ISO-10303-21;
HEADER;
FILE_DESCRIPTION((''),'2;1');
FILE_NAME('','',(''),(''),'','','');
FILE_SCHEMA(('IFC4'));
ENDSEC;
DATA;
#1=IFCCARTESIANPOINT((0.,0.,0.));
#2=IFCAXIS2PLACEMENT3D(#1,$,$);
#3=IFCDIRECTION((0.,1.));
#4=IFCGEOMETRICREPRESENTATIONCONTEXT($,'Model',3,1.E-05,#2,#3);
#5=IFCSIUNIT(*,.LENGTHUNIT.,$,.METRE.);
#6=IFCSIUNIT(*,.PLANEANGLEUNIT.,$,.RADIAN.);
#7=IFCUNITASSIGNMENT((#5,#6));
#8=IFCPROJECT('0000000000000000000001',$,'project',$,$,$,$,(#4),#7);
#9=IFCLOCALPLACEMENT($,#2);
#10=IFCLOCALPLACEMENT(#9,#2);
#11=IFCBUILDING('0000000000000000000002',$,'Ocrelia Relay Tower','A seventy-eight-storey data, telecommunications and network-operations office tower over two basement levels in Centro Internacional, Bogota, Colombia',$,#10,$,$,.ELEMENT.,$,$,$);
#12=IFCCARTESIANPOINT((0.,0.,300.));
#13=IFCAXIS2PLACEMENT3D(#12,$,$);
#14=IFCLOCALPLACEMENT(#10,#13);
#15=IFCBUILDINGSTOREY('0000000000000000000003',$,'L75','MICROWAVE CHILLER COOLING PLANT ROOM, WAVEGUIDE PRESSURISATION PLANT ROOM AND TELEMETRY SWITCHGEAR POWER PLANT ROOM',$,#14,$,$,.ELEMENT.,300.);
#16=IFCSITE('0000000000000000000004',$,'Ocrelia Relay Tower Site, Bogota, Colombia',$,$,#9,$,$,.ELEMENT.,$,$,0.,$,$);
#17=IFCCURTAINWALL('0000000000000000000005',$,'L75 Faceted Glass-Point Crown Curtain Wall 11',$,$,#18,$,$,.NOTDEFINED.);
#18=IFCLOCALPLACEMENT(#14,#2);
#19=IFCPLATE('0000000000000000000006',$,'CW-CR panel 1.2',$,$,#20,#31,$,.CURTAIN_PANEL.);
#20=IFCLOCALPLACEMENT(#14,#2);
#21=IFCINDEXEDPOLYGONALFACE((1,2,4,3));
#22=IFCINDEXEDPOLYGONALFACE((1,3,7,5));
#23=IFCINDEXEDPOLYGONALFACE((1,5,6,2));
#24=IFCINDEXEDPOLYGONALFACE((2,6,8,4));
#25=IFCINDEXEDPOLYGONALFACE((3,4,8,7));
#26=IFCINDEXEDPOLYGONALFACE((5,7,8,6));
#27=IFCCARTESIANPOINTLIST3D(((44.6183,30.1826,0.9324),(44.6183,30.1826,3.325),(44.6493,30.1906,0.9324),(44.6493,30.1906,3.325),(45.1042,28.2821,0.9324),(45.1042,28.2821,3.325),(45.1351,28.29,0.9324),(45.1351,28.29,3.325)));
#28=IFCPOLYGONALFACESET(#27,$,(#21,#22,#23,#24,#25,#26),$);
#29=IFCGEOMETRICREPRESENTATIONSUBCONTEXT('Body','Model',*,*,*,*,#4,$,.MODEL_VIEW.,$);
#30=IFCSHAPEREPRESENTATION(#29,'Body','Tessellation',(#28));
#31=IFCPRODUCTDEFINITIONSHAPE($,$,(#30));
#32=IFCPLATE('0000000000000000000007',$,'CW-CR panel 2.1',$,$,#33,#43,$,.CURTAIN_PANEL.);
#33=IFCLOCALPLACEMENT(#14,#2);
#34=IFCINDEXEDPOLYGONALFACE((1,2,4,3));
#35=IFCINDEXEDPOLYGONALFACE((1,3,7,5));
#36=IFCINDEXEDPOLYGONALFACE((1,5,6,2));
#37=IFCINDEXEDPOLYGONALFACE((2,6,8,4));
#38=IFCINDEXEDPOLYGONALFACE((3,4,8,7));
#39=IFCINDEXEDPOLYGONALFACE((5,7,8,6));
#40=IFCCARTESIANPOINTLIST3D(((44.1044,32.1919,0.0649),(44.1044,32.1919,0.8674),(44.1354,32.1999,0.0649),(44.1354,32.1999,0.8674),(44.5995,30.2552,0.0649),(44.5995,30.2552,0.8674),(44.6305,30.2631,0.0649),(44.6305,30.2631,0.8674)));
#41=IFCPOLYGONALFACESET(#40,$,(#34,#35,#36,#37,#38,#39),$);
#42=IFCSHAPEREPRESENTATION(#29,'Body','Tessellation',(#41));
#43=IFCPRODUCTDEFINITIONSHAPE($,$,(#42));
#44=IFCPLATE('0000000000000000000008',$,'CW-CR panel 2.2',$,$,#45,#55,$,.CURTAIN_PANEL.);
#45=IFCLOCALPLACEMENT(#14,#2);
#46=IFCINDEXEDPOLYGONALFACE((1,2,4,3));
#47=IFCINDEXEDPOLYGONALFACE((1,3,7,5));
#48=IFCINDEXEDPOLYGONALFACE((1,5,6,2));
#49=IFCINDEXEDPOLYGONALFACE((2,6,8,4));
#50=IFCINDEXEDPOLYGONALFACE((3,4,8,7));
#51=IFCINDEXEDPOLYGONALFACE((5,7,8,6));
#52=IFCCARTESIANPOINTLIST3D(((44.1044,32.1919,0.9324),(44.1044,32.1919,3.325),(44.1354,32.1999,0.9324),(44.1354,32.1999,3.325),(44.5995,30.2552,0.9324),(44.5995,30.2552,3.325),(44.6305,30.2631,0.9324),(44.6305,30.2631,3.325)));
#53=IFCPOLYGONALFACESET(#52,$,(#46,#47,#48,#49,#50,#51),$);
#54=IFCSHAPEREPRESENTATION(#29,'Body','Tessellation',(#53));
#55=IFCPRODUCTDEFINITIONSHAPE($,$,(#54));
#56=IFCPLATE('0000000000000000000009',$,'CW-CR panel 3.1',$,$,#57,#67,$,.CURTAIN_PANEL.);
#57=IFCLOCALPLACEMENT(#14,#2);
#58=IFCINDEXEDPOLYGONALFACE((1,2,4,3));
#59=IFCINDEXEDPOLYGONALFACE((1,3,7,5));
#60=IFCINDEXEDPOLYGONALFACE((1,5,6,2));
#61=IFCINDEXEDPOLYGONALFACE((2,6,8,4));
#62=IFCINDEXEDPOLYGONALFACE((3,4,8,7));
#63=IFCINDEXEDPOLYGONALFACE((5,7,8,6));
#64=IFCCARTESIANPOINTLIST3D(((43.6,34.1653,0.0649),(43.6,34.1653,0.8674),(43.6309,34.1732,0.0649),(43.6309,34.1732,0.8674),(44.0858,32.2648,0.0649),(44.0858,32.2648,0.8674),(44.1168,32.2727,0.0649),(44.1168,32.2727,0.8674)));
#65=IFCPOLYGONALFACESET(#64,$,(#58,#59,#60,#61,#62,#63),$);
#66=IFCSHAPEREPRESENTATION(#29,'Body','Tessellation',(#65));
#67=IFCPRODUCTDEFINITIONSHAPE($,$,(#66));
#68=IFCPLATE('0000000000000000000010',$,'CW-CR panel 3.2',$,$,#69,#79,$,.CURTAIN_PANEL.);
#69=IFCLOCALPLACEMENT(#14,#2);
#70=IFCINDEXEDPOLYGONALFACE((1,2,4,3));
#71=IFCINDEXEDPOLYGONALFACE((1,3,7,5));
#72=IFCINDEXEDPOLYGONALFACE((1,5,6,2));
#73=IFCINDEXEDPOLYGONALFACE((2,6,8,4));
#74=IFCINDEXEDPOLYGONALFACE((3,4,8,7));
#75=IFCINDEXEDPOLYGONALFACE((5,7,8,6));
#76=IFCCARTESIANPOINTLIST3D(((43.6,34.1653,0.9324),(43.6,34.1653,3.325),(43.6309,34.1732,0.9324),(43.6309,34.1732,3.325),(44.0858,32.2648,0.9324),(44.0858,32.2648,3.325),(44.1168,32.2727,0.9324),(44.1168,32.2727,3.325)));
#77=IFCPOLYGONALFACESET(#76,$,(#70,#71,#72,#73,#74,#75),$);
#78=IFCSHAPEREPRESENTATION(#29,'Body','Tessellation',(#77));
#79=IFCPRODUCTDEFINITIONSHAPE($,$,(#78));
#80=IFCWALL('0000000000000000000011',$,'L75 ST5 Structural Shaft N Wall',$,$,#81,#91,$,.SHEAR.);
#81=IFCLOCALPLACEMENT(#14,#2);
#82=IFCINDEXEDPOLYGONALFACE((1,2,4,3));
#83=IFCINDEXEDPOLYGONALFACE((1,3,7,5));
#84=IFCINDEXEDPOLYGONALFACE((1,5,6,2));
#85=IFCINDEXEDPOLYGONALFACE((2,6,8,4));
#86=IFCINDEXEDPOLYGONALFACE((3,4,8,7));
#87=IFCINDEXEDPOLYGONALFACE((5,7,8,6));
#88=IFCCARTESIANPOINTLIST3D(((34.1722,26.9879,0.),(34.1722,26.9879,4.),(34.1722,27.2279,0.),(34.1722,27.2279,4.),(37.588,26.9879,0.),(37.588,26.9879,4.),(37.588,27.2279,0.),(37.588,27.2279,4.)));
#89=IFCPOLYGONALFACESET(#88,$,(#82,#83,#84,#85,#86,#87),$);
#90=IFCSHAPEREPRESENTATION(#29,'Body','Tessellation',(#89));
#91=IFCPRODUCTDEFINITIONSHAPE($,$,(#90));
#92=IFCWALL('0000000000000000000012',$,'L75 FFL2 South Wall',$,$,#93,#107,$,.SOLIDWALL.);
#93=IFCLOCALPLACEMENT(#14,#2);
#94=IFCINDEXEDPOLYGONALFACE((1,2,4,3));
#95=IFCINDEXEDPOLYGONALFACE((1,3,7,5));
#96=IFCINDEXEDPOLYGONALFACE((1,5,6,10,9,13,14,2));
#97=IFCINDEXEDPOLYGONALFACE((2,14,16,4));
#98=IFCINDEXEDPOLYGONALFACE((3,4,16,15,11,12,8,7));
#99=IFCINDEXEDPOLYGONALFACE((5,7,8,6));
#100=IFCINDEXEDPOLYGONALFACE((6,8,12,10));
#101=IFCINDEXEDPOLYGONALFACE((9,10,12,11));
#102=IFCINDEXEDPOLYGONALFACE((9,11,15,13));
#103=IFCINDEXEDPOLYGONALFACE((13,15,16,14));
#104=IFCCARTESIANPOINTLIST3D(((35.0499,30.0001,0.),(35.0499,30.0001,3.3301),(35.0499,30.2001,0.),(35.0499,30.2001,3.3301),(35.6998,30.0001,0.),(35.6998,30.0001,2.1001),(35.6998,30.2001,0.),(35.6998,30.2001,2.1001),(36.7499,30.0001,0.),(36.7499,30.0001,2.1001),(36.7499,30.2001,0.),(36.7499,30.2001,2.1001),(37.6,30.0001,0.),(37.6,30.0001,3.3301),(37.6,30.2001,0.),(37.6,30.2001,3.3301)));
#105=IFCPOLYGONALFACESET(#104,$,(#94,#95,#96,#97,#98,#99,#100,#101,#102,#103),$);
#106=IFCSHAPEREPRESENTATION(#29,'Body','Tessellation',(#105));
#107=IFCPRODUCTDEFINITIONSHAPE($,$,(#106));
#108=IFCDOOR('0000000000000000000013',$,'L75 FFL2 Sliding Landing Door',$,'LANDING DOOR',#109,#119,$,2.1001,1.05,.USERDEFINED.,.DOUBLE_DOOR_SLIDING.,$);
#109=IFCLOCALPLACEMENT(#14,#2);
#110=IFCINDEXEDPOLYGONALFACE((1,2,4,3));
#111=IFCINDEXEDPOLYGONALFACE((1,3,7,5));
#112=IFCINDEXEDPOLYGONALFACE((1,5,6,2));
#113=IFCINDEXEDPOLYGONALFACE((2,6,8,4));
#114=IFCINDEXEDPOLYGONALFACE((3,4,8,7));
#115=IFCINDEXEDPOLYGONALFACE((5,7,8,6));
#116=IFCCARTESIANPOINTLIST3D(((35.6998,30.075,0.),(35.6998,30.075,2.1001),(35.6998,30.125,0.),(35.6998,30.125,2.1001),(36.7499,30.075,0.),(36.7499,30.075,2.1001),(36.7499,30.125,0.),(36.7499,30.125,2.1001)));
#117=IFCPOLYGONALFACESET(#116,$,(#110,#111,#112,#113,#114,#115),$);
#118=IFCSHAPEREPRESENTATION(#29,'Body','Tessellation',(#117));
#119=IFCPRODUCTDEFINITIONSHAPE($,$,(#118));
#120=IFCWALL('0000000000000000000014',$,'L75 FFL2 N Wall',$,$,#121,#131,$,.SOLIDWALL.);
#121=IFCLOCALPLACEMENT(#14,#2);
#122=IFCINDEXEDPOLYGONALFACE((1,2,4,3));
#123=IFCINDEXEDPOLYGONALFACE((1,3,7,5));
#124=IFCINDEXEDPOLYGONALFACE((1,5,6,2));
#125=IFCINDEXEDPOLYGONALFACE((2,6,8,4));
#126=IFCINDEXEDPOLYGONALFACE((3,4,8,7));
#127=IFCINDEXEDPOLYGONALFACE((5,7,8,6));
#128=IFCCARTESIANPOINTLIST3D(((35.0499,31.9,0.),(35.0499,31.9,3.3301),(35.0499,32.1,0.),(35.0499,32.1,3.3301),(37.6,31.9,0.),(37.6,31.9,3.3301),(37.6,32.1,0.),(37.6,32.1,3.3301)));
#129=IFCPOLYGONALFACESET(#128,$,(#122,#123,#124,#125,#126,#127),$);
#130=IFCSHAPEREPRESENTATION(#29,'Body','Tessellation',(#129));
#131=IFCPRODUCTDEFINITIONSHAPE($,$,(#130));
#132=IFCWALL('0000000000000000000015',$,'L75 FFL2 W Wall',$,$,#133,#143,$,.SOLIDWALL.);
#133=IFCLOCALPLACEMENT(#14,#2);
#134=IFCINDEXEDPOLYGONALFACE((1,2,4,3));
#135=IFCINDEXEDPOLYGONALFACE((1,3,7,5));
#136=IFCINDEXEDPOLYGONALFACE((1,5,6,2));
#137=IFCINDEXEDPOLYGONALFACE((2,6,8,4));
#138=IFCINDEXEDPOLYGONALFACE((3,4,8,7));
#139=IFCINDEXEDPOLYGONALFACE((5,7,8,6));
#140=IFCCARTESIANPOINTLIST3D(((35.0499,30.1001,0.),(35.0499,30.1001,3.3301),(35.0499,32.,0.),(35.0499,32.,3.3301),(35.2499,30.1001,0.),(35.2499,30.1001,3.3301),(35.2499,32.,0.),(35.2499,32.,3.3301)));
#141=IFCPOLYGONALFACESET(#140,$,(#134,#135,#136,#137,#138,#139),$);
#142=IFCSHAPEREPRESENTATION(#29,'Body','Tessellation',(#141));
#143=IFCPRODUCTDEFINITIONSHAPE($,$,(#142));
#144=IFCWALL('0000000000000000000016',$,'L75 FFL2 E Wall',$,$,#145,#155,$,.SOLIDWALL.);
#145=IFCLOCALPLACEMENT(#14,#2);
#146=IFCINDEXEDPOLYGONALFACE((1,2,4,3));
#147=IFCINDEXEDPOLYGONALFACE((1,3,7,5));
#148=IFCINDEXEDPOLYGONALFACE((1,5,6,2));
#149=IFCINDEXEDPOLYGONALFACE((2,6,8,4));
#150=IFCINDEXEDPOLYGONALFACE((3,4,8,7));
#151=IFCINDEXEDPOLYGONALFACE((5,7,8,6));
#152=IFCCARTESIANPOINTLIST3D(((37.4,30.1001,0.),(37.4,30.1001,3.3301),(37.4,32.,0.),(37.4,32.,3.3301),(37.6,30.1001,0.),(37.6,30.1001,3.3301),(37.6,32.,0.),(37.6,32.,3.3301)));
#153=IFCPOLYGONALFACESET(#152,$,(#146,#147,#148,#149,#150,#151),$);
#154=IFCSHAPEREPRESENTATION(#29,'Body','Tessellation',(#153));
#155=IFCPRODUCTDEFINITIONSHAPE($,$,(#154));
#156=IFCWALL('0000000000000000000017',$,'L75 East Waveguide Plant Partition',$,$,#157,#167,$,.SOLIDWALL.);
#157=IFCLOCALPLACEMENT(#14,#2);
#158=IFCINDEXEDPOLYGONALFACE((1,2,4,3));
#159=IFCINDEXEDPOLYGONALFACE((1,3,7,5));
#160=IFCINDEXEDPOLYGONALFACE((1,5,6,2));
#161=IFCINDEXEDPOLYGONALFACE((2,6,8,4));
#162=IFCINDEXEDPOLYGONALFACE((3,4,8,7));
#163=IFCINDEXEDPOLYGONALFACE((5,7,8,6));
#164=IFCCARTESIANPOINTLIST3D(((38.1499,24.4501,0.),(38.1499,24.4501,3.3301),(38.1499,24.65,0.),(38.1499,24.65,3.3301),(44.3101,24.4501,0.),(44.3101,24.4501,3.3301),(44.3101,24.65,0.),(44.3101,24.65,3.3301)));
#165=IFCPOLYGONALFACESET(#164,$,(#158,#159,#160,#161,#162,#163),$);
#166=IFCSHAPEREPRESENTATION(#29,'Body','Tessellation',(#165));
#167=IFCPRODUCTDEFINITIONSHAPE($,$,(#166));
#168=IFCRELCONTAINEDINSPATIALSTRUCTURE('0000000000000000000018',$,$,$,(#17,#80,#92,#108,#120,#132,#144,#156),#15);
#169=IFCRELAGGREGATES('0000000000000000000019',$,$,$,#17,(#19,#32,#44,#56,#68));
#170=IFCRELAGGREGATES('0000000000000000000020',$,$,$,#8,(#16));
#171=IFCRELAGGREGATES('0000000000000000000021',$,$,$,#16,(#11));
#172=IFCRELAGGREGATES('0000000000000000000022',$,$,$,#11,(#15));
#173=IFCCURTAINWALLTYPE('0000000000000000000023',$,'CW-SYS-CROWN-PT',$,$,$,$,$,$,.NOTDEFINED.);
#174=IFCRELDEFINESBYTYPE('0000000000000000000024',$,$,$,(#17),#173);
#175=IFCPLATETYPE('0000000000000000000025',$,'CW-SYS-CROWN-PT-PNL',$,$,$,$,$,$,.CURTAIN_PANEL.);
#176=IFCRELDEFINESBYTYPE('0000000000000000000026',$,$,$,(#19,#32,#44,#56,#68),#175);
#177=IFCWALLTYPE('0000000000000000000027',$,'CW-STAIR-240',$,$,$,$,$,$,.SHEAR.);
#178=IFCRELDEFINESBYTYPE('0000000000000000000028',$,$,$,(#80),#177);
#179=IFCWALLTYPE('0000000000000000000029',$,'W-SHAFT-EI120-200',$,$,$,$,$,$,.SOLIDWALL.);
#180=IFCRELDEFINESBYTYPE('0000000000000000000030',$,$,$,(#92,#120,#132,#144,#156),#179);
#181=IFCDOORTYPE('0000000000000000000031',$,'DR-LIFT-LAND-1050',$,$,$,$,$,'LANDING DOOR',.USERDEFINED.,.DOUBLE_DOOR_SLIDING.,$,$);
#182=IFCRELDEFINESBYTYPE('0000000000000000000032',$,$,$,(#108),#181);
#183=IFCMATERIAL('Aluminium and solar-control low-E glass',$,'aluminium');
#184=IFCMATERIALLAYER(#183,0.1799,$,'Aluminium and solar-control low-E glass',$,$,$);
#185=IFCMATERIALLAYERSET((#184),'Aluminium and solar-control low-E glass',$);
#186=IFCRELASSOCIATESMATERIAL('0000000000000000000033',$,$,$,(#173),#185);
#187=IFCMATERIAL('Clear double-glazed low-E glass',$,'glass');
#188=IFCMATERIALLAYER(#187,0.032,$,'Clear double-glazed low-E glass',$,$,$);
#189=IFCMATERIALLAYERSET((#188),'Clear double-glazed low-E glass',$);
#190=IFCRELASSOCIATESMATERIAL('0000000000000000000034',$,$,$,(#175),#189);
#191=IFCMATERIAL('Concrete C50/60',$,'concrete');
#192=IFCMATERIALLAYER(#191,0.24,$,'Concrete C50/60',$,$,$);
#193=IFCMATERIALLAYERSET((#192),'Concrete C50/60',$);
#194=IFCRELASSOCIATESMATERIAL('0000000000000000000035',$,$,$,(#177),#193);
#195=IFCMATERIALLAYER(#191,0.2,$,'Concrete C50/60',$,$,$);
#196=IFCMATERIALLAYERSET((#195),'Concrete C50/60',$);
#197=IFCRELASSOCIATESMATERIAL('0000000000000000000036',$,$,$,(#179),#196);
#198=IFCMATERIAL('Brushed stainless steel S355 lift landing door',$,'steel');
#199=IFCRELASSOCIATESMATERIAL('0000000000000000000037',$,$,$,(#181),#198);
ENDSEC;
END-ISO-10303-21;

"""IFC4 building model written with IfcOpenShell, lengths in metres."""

from ifc_helpers import new_model, si_unit, direction, frame, frame_2d, origin, origin_2d, place, context, subcontext, project, spatial, rectangle, extrude, material, layer, layer_set, type_object, element, fill, aggregate, save


model = new_model("IFC4")

# Units and contexts
model_context = context("Model", 3, precision=1e-05, world=origin(), true_north=direction((0.0, 1.0)))
body_context = subcontext(model_context, "Body", "Model", "MODEL_VIEW")
ifc_project = project(units=[si_unit("LENGTHUNIT", "METRE"), si_unit("PLANEANGLEUNIT", "RADIAN")], contexts=[model_context])

# Site, building, storey
site_placement = place(None, origin())
site = spatial("IfcSite", under=ifc_project, at=site_placement, Name="Ocrelia Relay Tower Site, Bogota, Colombia", CompositionType="ELEMENT", RefElevation=0.0)
building_placement = place(site_placement, origin())
building = spatial("IfcBuilding", under=site, at=building_placement, Name="Ocrelia Relay Tower", Description="A seventy-eight-storey data, telecommunications and network-operations office tower over two basement levels in Centro Internacional, Bogota, Colombia", CompositionType="ELEMENT")
storey_placement = place(building_placement, frame((0.0, 0.0, 300.0)))
storey = spatial("IfcBuildingStorey", under=building, at=storey_placement, Name="L75", Description="MICROWAVE CHILLER COOLING PLANT ROOM, WAVEGUIDE PRESSURISATION PLANT ROOM AND TELEMETRY SWITCHGEAR POWER PLANT ROOM", CompositionType="ELEMENT", Elevation=300.0)

# Shared definitions
ifc_material_1 = material(Name="Concrete C50/60", Category="concrete")

# Curtain wall
ifc_material_2 = material(Name="Aluminium and solar-control low-E glass", Category="aluminium")
ifc_layer_1 = layer(ifc_material_2, 0.1799, Name="Aluminium and solar-control low-E glass")
ifc_layer_set_1 = layer_set([ifc_layer_1], Name="Aluminium and solar-control low-E glass")
curtain_wall_type = type_object("IfcCurtainWallType", Name="CW-SYS-CROWN-PT", PredefinedType="NOTDEFINED", material=ifc_layer_set_1)
curtain_wall_placement = place(storey_placement, origin())
curtain_wall = element("IfcCurtainWall", 1, at=curtain_wall_placement, inside=storey, type_object=curtain_wall_type, Name="L75 Faceted Glass-Point Crown Curtain Wall 11", PredefinedType="NOTDEFINED")

# Plates
ifc_material_3 = material(Name="Clear double-glazed low-E glass", Category="glass")
ifc_layer_2 = layer(ifc_material_3, 0.032, Name="Clear double-glazed low-E glass")
ifc_layer_set_2 = layer_set([ifc_layer_2], Name="Clear double-glazed low-E glass")
plate_type = type_object("IfcPlateType", Name="CW-SYS-CROWN-PT-PNL", PredefinedType="CURTAIN_PANEL", material=ifc_layer_set_2)
plate_1_placement = place(storey_placement, frame((44.8767, 29.2363, 0.9324), z_axis=(0.0, 0.0, 1.0), x_axis=(-0.24769, 0.968839, 0.0)))
plate_1 = element("IfcPlate", 2, at=plate_1_placement, type_object=plate_type, Name="CW-CR panel 1.2", PredefinedType="CURTAIN_PANEL", context=body_context, shape_type="SweptSolid", body=[
    extrude(rectangle(XDim=1.9617, YDim=0.032, at=origin_2d()), origin(), (0.0, 0.0, 1.0), 2.3926),
])
plate_2_placement = place(storey_placement, frame((44.3674, 31.2275, 0.0649), z_axis=(0.0, 0.0, 1.0), x_axis=(-0.24769, 0.968839, 0.0)))
plate_2 = element("IfcPlate", 3, at=plate_2_placement, type_object=plate_type, Name="CW-CR panel 2.1", PredefinedType="CURTAIN_PANEL", context=body_context, shape_type="SweptSolid", body=[
    extrude(rectangle(XDim=1.999, YDim=0.032, at=origin_2d()), origin(), (0.0, 0.0, 1.0), 0.8025),
])
plate_3_placement = place(storey_placement, frame((44.3674, 31.2275, 0.9324), z_axis=(0.0, 0.0, 1.0), x_axis=(-0.24769, 0.968839, 0.0)))
plate_3 = element("IfcPlate", 4, at=plate_3_placement, type_object=plate_type, Name="CW-CR panel 2.2", PredefinedType="CURTAIN_PANEL", context=body_context, shape_type="SweptSolid", body=[
    extrude(rectangle(XDim=1.999, YDim=0.032, at=origin_2d()), origin(), (0.0, 0.0, 1.0), 2.3926),
])
plate_4_placement = place(storey_placement, frame((43.8584, 33.219, 0.0649), z_axis=(0.0, 0.0, 1.0), x_axis=(-0.24769, 0.968839, 0.0)))
plate_4 = element("IfcPlate", 5, at=plate_4_placement, type_object=plate_type, Name="CW-CR panel 3.1", PredefinedType="CURTAIN_PANEL", context=body_context, shape_type="SweptSolid", body=[
    extrude(rectangle(XDim=1.9617, YDim=0.032, at=origin_2d()), origin(), (0.0, 0.0, 1.0), 0.8025),
])
plate_5_placement = place(storey_placement, frame((43.8584, 33.219, 0.9324), z_axis=(0.0, 0.0, 1.0), x_axis=(-0.24769, 0.968839, 0.0)))
plate_5 = element("IfcPlate", 6, at=plate_5_placement, type_object=plate_type, Name="CW-CR panel 3.2", PredefinedType="CURTAIN_PANEL", context=body_context, shape_type="SweptSolid", body=[
    extrude(rectangle(XDim=1.9617, YDim=0.032, at=origin_2d()), origin(), (0.0, 0.0, 1.0), 2.3926),
])
aggregate(curtain_wall, [plate_1, plate_2, plate_3, plate_4, plate_5])

# Wall
ifc_layer_3 = layer(ifc_material_1, 0.24, Name="Concrete C50/60")
ifc_layer_set_3 = layer_set([ifc_layer_3], Name="Concrete C50/60")
wall_type_1 = type_object("IfcWallType", Name="CW-STAIR-240", PredefinedType="SHEAR", material=ifc_layer_set_3)
wall_1_placement = place(storey_placement, frame((34.1721, 27.1079, 0.0), z_axis=(0.0, 0.0, 1.0), x_axis=(1.0, 0.0, 0.0)))
element("IfcWall", 7, at=wall_1_placement, inside=storey, type_object=wall_type_1, Name="L75 ST5 Structural Shaft N Wall", PredefinedType="SHEAR", context=body_context, shape_type="SweptSolid", body=[
    extrude(rectangle(XDim=3.4158, YDim=0.24, at=frame_2d((1.708, 0.0))), origin(), (0.0, 0.0, 1.0), 4.0),
])

# Wall, opening, door
ifc_layer_4 = layer(ifc_material_1, 0.2, Name="Concrete C50/60")
ifc_layer_set_4 = layer_set([ifc_layer_4], Name="Concrete C50/60")
wall_type_2 = type_object("IfcWallType", Name="W-SHAFT-EI120-200", PredefinedType="SOLIDWALL", material=ifc_layer_set_4)
wall_2_placement = place(storey_placement, frame((35.05, 30.1001, 0.0), z_axis=(0.0, 0.0, 1.0), x_axis=(1.0, 0.0, 0.0)))
wall_2 = element("IfcWall", 8, at=wall_2_placement, inside=storey, type_object=wall_type_2, Name="L75 FFL2 South Wall", PredefinedType="SOLIDWALL", context=body_context, shape_type="SweptSolid", body=[
    extrude(rectangle(XDim=2.55, YDim=0.2, at=frame_2d((1.2749, 0.0))), origin(), (0.0, 0.0, 1.0), 3.3301),
])
opening_placement = place(wall_2_placement, frame((0.6499, 0.0, 0.0)))
opening = element("IfcOpeningElement", 9, at=opening_placement, cuts=wall_2, PredefinedType="OPENING", context=body_context, shape_type="SweptSolid", body=[
    extrude(rectangle(XDim=1.05, YDim=2.1001, at=frame_2d((0.5249, 1.05))), frame((0.0, 0.1099, 0.0), z_axis=(0.0, -1.0, 0.0), x_axis=(1.0, 0.0, 0.0)), (0.0, 0.0, 1.0), 0.22),
])
ifc_material_4 = material(Name="Brushed stainless steel S355 lift landing door", Category="steel")
door_type = type_object("IfcDoorType", Name="DR-LIFT-LAND-1050", ElementType="LANDING DOOR", OperationType="DOUBLE_DOOR_SLIDING", PredefinedType="USERDEFINED", material=ifc_material_4)
door_placement = place(opening_placement, origin())
door = element("IfcDoor", 10, at=door_placement, inside=storey, type_object=door_type, Name="L75 FFL2 Sliding Landing Door", ObjectType="LANDING DOOR", OperationType="DOUBLE_DOOR_SLIDING", OverallHeight=2.1001, OverallWidth=1.05, PredefinedType="USERDEFINED", context=body_context, shape_type="SweptSolid", body=[
    extrude(rectangle(XDim=1.05, YDim=2.1001, at=frame_2d((0.5249, 1.05))), frame((0.0, 0.0249, 0.0), z_axis=(0.0, -1.0, 0.0), x_axis=(1.0, 0.0, 0.0)), (0.0, 0.0, 1.0), 0.05),
])
fill(opening, door)

# Walls
wall_3_placement = place(storey_placement, frame((35.05, 32.0, 0.0), z_axis=(0.0, 0.0, 1.0), x_axis=(1.0, 0.0, 0.0)))
element("IfcWall", 11, at=wall_3_placement, inside=storey, type_object=wall_type_2, Name="L75 FFL2 N Wall", PredefinedType="SOLIDWALL", context=body_context, shape_type="SweptSolid", body=[
    extrude(rectangle(XDim=2.55, YDim=0.2, at=frame_2d((1.2749, 0.0))), origin(), (0.0, 0.0, 1.0), 3.3301),
])
for number, where, z_axis, x_axis, name in (
    (12, (35.1499, 30.1001, 0.0), (0.0, 0.0, 1.0), (0.0, 1.0, 0.0), "L75 FFL2 W Wall"),
    (13, (37.5, 30.1001, 0.0), (0.0, 0.0, 1.0), (0.0, 1.0, 0.0), "L75 FFL2 E Wall"),
):
    element("IfcWall", number, at=place(storey_placement, frame(where, z_axis=z_axis, x_axis=x_axis)), inside=storey, type_object=wall_type_2, Name=name, PredefinedType="SOLIDWALL", context=body_context, shape_type="SweptSolid", body=[
        extrude(rectangle(XDim=1.8999, YDim=0.2, at=frame_2d((0.95, 0.0))), origin(), (0.0, 0.0, 1.0), 3.3301),
    ])
wall_4_placement = place(storey_placement, frame((38.1499, 24.55, 0.0), z_axis=(0.0, 0.0, 1.0), x_axis=(1.0, 0.0, 0.0)))
element("IfcWall", 14, at=wall_4_placement, inside=storey, type_object=wall_type_2, Name="L75 East Waveguide Plant Partition", PredefinedType="SOLIDWALL", context=body_context, shape_type="SweptSolid", body=[
    extrude(rectangle(XDim=6.1602, YDim=0.2, at=frame_2d((3.0801, 0.0))), origin(), (0.0, 0.0, 1.0), 3.3301),
])

save(model, "model.ifc")
